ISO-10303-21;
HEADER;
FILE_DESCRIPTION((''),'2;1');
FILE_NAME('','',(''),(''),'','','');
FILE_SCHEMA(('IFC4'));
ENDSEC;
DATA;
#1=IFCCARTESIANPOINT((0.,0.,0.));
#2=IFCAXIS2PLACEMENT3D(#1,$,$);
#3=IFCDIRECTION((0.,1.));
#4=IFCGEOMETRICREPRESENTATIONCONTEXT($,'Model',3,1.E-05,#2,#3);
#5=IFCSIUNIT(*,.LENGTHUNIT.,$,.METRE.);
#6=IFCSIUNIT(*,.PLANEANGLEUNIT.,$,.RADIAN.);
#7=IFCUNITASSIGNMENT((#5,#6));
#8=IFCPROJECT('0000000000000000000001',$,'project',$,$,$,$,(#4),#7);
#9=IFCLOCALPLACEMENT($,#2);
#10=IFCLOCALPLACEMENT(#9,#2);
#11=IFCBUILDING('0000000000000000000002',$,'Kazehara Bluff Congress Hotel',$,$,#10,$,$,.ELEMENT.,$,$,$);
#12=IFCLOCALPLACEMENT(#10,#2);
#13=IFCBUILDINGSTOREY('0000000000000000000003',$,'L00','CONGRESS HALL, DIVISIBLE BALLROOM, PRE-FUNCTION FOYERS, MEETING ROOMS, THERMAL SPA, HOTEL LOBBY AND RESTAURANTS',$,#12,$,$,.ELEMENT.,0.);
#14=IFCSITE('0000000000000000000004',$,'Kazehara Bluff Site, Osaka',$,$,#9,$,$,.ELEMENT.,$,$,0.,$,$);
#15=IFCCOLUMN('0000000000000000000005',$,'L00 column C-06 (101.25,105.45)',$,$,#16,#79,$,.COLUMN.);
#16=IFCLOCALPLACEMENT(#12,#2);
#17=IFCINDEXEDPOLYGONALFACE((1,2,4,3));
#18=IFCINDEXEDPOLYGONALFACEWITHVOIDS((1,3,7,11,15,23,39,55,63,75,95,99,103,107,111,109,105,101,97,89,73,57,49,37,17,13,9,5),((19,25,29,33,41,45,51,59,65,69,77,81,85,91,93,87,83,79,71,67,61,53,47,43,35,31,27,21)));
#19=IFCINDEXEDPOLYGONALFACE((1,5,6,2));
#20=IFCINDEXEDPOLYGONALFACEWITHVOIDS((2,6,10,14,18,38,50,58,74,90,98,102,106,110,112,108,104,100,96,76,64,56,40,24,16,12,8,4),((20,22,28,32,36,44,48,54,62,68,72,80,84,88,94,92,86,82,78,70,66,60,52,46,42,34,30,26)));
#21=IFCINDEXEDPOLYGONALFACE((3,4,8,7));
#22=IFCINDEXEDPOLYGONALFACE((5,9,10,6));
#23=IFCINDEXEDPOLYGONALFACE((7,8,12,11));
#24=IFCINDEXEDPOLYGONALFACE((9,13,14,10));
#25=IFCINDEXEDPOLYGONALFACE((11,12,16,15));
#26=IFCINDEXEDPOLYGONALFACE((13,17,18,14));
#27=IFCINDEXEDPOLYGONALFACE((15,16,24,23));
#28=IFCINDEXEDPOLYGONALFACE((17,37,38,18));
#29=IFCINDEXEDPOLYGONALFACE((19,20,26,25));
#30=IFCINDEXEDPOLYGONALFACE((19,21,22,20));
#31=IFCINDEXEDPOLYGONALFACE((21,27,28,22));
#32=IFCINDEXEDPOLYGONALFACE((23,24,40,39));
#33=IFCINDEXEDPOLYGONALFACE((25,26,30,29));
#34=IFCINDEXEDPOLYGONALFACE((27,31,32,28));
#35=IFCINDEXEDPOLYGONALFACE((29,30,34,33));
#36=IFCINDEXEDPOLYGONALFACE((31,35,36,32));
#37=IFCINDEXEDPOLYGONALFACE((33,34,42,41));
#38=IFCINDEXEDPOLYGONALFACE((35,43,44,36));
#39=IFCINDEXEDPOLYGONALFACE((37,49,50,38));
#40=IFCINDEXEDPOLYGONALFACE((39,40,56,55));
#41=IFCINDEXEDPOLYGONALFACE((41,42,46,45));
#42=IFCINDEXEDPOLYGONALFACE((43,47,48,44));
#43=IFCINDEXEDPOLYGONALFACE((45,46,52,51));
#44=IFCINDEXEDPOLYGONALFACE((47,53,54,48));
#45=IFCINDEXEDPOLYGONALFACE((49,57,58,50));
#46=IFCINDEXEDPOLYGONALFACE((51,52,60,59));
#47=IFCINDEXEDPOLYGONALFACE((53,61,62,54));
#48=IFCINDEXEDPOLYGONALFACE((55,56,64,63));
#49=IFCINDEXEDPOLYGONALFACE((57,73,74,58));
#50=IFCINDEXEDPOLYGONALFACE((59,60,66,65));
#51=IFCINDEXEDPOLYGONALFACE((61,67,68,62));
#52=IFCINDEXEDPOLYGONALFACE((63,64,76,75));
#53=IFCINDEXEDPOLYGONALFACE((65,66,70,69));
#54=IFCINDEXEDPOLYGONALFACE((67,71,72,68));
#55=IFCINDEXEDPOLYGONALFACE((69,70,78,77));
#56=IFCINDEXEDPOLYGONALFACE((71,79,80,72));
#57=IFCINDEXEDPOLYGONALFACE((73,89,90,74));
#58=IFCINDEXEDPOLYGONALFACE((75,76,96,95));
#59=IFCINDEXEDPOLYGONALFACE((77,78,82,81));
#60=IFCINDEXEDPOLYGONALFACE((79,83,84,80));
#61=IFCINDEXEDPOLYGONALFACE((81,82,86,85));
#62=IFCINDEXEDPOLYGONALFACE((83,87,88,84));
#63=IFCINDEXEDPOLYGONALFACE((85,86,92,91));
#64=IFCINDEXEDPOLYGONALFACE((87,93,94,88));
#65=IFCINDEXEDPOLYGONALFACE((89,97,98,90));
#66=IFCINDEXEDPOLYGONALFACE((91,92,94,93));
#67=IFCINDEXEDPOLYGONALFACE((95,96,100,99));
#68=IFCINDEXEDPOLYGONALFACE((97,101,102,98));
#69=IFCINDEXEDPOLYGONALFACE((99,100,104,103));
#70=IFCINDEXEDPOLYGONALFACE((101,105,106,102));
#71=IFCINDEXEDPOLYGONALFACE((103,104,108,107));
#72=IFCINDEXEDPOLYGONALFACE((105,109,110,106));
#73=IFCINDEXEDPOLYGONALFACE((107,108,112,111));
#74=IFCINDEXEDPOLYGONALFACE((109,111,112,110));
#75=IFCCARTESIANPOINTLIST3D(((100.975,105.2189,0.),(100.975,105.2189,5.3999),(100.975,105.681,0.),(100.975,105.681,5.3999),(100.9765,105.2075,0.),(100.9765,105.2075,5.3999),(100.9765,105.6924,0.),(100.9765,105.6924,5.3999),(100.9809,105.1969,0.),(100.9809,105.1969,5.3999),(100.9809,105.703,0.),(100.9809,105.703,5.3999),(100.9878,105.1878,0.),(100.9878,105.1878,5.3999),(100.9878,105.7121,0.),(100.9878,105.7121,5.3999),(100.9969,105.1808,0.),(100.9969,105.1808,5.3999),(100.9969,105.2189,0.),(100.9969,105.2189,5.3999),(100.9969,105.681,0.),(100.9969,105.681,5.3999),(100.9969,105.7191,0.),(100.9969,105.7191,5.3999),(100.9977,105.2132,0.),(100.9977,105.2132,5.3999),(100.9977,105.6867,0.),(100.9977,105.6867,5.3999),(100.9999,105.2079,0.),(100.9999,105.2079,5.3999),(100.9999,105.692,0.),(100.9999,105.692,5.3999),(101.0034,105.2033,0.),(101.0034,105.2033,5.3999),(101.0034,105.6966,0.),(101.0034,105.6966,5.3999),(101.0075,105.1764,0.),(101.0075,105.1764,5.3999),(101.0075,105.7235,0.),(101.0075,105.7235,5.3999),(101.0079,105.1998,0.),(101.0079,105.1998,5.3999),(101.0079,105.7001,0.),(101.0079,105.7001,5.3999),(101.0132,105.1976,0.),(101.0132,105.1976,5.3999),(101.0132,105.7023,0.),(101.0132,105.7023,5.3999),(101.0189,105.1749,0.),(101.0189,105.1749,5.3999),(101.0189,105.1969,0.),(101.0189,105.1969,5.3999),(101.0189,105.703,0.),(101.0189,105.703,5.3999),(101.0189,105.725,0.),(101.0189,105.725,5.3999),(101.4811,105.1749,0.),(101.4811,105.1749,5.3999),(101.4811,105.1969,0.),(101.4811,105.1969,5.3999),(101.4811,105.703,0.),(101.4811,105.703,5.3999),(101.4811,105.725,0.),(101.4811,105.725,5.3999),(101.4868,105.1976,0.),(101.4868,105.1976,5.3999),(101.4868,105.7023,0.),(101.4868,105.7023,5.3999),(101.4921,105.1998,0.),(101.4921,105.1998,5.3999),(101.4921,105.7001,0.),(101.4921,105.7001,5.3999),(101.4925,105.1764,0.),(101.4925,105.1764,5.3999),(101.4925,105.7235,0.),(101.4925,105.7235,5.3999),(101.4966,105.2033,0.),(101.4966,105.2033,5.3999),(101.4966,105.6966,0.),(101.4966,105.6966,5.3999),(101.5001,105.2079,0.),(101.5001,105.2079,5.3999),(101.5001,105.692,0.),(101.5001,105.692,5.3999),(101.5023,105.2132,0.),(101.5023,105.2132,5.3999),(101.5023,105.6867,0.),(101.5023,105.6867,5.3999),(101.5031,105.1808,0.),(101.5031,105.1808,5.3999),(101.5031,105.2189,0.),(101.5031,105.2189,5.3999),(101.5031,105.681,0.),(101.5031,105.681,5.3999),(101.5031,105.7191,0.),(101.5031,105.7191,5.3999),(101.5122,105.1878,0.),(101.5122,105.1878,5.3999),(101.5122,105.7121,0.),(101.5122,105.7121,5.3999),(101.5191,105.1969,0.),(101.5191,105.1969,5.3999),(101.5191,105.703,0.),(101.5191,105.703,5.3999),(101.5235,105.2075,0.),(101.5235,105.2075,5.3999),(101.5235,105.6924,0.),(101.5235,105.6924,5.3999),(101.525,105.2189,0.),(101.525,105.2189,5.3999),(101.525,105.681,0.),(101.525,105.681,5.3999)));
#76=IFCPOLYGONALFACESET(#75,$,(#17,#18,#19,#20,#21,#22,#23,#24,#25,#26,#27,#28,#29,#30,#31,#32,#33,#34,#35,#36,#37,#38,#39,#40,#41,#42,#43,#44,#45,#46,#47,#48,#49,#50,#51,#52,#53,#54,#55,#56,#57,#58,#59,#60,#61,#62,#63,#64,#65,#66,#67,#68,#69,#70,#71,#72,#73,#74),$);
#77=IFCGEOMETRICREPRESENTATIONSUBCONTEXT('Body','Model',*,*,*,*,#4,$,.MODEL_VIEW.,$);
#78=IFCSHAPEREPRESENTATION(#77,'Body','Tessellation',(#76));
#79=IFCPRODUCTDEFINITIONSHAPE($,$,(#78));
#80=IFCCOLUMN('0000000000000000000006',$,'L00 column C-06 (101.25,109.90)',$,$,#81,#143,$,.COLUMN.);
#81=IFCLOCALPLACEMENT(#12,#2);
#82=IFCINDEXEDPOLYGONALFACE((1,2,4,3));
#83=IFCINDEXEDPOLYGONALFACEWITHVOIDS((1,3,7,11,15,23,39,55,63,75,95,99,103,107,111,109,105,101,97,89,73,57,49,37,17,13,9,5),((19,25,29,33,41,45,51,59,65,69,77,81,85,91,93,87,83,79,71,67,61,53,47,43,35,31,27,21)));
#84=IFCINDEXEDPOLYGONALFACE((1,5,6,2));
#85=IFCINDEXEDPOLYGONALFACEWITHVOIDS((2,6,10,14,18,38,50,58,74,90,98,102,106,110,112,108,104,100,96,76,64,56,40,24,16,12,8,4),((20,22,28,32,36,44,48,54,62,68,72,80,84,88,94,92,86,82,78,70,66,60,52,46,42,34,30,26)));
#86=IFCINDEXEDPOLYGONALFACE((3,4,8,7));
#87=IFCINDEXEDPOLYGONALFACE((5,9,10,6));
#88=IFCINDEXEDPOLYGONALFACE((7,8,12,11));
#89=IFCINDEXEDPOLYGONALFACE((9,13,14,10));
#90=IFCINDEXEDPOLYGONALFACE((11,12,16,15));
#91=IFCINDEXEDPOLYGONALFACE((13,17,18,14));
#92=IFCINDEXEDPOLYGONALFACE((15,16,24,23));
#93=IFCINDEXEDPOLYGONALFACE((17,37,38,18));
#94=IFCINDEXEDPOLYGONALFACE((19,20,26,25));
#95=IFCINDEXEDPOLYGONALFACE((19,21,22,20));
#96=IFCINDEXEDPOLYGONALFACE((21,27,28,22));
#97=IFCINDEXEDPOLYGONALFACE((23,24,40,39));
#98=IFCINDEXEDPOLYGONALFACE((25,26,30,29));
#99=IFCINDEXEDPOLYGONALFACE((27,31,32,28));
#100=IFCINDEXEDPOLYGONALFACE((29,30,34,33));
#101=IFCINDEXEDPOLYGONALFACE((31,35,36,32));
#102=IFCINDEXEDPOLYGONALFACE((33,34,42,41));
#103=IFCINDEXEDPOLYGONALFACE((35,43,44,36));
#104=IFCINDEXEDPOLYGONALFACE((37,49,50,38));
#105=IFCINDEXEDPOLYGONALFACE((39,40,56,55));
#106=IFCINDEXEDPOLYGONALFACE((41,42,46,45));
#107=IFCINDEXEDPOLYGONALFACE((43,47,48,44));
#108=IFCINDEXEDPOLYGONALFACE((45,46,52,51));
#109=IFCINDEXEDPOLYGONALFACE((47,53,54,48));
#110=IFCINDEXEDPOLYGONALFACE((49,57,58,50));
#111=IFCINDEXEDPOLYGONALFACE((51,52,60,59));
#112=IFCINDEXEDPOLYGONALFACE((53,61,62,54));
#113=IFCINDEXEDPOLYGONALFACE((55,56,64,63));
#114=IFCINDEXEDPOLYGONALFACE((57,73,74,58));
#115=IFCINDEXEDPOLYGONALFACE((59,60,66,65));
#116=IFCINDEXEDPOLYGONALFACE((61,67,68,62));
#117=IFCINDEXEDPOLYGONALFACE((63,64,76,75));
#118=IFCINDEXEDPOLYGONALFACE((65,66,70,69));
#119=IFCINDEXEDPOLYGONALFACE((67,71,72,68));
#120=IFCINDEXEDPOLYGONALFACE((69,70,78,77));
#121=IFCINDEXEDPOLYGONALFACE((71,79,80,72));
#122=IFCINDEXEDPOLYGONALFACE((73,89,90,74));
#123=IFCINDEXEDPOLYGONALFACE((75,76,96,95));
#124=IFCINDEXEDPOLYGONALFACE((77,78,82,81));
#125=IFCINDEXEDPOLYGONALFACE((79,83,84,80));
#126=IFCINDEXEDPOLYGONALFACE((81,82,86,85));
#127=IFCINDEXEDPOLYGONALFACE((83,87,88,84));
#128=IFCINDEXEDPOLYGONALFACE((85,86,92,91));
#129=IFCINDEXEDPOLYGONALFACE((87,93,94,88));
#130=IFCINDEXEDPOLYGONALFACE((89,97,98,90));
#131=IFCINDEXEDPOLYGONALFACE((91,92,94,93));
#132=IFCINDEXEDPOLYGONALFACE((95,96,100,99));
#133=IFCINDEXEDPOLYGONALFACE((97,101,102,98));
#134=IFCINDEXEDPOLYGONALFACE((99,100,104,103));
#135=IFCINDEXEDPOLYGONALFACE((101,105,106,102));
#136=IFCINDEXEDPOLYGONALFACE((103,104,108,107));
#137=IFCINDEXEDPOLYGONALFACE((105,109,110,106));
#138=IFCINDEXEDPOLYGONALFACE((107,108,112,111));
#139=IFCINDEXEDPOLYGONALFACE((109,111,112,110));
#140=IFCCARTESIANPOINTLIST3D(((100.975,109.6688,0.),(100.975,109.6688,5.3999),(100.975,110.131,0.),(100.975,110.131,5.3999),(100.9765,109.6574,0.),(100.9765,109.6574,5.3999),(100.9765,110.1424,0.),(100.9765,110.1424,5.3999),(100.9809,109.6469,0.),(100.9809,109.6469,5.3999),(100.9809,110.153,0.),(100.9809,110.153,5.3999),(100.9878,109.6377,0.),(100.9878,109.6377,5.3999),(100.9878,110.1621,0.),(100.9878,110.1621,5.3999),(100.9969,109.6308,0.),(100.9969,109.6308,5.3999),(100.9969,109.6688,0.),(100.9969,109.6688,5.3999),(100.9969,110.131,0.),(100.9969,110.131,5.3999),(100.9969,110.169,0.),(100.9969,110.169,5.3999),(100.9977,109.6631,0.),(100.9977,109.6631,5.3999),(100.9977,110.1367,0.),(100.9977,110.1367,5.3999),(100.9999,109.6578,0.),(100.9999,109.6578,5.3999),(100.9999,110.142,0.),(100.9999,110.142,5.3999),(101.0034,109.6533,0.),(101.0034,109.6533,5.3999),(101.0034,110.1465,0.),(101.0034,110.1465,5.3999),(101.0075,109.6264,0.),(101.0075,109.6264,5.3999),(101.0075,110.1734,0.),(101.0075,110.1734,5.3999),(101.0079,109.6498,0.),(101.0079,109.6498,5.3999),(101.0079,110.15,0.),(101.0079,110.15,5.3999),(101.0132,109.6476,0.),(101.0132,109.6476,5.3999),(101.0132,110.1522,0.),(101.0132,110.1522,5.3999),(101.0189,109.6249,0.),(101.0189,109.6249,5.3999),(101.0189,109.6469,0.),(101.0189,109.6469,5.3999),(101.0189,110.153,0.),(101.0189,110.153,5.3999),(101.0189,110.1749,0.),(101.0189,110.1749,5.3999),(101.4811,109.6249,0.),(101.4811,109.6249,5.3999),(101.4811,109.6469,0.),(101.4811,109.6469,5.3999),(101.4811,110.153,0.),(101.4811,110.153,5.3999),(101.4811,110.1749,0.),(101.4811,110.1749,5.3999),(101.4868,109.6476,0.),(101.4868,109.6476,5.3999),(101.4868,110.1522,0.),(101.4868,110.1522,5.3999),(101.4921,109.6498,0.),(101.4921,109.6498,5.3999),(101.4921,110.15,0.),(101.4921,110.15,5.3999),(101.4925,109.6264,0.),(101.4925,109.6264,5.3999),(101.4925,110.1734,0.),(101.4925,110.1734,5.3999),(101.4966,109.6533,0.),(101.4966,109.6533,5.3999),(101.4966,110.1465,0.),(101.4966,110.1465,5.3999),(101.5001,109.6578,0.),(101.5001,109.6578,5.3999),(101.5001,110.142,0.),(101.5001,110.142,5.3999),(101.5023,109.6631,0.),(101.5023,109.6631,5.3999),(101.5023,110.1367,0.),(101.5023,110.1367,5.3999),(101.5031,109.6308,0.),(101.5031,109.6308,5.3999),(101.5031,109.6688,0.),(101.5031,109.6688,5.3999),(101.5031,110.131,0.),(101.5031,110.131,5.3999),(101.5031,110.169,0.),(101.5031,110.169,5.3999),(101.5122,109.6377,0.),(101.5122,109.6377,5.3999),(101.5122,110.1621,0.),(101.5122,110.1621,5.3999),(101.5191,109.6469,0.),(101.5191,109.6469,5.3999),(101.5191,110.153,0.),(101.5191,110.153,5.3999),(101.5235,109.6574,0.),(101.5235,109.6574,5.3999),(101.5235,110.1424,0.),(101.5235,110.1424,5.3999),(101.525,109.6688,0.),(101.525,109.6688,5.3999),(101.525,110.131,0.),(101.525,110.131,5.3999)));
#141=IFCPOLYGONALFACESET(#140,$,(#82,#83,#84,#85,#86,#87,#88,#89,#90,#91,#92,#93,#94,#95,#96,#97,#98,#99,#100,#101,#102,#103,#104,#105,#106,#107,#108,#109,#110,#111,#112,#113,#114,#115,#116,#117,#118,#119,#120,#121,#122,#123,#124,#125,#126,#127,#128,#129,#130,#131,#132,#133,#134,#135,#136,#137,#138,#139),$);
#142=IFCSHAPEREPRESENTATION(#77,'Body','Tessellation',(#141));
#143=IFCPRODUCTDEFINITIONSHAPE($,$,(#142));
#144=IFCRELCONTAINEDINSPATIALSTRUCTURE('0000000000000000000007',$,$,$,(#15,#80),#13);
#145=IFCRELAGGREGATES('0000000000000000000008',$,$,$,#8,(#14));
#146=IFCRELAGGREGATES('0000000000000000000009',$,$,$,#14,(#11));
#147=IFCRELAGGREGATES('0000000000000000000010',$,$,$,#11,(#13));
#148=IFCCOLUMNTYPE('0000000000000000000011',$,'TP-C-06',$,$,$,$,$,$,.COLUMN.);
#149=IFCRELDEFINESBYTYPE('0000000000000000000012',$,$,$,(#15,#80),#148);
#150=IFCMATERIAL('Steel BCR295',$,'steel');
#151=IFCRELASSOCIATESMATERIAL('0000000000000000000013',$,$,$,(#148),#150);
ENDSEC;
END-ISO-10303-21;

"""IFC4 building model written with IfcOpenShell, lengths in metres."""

from ifc_helpers import new_model, si_unit, direction, frame, origin, origin_2d, place, context, subcontext, project, spatial, hollow_rectangle, extrude, material, material_profile, profile_set, type_object, element, save


model = new_model("IFC4")

# Units and contexts
model_context = context("Model", 3, precision=1e-05, world=origin(), true_north=direction((0.0, 1.0)))
body_context = subcontext(model_context, "Body", "Model", "MODEL_VIEW")
ifc_project = project(units=[si_unit("LENGTHUNIT", "METRE"), si_unit("PLANEANGLEUNIT", "RADIAN")], contexts=[model_context])

# Site, building, storey
site_placement = place(None, origin())
site = spatial("IfcSite", under=ifc_project, at=site_placement, Name="Kazehara Bluff Site, Osaka", CompositionType="ELEMENT", RefElevation=0.0)
building_placement = place(site_placement, origin())
building = spatial("IfcBuilding", under=site, at=building_placement, Name="Kazehara Bluff Congress Hotel", CompositionType="ELEMENT")
storey_placement = place(building_placement, origin())
storey = spatial("IfcBuildingStorey", under=building, at=storey_placement, Name="L00", Description="CONGRESS HALL, DIVISIBLE BALLROOM, PRE-FUNCTION FOYERS, MEETING ROOMS, THERMAL SPA, HOTEL LOBBY AND RESTAURANTS", CompositionType="ELEMENT", Elevation=0.0)

# Columns
ifc_material_1 = material(Name="Steel BCR295", Category="steel")
ifc_material_profile_1 = material_profile(ifc_material_1, hollow_rectangle(XDim=0.55, YDim=0.55, WallThickness=0.022, InnerFilletRadius=0.022, OuterFilletRadius=0.0439, at=origin_2d()))
ifc_profile_set_1 = profile_set([ifc_material_profile_1], Name="Steel BCR295")
column_type = type_object("IfcColumnType", Name="TP-C-06", PredefinedType="COLUMN", material=ifc_profile_set_1)
for number, where, z_axis, x_axis, name in (
    (1, (101.25, 105.45, 0.0), (0.0, 0.0, 1.0), (1.0, 0.0, 0.0), "L00 column C-06 (101.25,105.45)"),
    (2, (101.25, 109.8999, 0.0), (0.0, 0.0, 1.0), (1.0, 0.0, 0.0), "L00 column C-06 (101.25,109.90)"),
):
    element("IfcColumn", number, at=place(storey_placement, frame(where, z_axis=z_axis, x_axis=x_axis)), inside=storey, type_object=column_type, Name=name, PredefinedType="COLUMN", context=body_context, shape_type="SweptSolid", body=[
        extrude(hollow_rectangle(XDim=0.55, YDim=0.55, WallThickness=0.022, InnerFilletRadius=0.022, OuterFilletRadius=0.0439, at=origin_2d()), origin(), (0.0, 0.0, 1.0), 5.3999),
    ])

save(model, "model.ifc")
